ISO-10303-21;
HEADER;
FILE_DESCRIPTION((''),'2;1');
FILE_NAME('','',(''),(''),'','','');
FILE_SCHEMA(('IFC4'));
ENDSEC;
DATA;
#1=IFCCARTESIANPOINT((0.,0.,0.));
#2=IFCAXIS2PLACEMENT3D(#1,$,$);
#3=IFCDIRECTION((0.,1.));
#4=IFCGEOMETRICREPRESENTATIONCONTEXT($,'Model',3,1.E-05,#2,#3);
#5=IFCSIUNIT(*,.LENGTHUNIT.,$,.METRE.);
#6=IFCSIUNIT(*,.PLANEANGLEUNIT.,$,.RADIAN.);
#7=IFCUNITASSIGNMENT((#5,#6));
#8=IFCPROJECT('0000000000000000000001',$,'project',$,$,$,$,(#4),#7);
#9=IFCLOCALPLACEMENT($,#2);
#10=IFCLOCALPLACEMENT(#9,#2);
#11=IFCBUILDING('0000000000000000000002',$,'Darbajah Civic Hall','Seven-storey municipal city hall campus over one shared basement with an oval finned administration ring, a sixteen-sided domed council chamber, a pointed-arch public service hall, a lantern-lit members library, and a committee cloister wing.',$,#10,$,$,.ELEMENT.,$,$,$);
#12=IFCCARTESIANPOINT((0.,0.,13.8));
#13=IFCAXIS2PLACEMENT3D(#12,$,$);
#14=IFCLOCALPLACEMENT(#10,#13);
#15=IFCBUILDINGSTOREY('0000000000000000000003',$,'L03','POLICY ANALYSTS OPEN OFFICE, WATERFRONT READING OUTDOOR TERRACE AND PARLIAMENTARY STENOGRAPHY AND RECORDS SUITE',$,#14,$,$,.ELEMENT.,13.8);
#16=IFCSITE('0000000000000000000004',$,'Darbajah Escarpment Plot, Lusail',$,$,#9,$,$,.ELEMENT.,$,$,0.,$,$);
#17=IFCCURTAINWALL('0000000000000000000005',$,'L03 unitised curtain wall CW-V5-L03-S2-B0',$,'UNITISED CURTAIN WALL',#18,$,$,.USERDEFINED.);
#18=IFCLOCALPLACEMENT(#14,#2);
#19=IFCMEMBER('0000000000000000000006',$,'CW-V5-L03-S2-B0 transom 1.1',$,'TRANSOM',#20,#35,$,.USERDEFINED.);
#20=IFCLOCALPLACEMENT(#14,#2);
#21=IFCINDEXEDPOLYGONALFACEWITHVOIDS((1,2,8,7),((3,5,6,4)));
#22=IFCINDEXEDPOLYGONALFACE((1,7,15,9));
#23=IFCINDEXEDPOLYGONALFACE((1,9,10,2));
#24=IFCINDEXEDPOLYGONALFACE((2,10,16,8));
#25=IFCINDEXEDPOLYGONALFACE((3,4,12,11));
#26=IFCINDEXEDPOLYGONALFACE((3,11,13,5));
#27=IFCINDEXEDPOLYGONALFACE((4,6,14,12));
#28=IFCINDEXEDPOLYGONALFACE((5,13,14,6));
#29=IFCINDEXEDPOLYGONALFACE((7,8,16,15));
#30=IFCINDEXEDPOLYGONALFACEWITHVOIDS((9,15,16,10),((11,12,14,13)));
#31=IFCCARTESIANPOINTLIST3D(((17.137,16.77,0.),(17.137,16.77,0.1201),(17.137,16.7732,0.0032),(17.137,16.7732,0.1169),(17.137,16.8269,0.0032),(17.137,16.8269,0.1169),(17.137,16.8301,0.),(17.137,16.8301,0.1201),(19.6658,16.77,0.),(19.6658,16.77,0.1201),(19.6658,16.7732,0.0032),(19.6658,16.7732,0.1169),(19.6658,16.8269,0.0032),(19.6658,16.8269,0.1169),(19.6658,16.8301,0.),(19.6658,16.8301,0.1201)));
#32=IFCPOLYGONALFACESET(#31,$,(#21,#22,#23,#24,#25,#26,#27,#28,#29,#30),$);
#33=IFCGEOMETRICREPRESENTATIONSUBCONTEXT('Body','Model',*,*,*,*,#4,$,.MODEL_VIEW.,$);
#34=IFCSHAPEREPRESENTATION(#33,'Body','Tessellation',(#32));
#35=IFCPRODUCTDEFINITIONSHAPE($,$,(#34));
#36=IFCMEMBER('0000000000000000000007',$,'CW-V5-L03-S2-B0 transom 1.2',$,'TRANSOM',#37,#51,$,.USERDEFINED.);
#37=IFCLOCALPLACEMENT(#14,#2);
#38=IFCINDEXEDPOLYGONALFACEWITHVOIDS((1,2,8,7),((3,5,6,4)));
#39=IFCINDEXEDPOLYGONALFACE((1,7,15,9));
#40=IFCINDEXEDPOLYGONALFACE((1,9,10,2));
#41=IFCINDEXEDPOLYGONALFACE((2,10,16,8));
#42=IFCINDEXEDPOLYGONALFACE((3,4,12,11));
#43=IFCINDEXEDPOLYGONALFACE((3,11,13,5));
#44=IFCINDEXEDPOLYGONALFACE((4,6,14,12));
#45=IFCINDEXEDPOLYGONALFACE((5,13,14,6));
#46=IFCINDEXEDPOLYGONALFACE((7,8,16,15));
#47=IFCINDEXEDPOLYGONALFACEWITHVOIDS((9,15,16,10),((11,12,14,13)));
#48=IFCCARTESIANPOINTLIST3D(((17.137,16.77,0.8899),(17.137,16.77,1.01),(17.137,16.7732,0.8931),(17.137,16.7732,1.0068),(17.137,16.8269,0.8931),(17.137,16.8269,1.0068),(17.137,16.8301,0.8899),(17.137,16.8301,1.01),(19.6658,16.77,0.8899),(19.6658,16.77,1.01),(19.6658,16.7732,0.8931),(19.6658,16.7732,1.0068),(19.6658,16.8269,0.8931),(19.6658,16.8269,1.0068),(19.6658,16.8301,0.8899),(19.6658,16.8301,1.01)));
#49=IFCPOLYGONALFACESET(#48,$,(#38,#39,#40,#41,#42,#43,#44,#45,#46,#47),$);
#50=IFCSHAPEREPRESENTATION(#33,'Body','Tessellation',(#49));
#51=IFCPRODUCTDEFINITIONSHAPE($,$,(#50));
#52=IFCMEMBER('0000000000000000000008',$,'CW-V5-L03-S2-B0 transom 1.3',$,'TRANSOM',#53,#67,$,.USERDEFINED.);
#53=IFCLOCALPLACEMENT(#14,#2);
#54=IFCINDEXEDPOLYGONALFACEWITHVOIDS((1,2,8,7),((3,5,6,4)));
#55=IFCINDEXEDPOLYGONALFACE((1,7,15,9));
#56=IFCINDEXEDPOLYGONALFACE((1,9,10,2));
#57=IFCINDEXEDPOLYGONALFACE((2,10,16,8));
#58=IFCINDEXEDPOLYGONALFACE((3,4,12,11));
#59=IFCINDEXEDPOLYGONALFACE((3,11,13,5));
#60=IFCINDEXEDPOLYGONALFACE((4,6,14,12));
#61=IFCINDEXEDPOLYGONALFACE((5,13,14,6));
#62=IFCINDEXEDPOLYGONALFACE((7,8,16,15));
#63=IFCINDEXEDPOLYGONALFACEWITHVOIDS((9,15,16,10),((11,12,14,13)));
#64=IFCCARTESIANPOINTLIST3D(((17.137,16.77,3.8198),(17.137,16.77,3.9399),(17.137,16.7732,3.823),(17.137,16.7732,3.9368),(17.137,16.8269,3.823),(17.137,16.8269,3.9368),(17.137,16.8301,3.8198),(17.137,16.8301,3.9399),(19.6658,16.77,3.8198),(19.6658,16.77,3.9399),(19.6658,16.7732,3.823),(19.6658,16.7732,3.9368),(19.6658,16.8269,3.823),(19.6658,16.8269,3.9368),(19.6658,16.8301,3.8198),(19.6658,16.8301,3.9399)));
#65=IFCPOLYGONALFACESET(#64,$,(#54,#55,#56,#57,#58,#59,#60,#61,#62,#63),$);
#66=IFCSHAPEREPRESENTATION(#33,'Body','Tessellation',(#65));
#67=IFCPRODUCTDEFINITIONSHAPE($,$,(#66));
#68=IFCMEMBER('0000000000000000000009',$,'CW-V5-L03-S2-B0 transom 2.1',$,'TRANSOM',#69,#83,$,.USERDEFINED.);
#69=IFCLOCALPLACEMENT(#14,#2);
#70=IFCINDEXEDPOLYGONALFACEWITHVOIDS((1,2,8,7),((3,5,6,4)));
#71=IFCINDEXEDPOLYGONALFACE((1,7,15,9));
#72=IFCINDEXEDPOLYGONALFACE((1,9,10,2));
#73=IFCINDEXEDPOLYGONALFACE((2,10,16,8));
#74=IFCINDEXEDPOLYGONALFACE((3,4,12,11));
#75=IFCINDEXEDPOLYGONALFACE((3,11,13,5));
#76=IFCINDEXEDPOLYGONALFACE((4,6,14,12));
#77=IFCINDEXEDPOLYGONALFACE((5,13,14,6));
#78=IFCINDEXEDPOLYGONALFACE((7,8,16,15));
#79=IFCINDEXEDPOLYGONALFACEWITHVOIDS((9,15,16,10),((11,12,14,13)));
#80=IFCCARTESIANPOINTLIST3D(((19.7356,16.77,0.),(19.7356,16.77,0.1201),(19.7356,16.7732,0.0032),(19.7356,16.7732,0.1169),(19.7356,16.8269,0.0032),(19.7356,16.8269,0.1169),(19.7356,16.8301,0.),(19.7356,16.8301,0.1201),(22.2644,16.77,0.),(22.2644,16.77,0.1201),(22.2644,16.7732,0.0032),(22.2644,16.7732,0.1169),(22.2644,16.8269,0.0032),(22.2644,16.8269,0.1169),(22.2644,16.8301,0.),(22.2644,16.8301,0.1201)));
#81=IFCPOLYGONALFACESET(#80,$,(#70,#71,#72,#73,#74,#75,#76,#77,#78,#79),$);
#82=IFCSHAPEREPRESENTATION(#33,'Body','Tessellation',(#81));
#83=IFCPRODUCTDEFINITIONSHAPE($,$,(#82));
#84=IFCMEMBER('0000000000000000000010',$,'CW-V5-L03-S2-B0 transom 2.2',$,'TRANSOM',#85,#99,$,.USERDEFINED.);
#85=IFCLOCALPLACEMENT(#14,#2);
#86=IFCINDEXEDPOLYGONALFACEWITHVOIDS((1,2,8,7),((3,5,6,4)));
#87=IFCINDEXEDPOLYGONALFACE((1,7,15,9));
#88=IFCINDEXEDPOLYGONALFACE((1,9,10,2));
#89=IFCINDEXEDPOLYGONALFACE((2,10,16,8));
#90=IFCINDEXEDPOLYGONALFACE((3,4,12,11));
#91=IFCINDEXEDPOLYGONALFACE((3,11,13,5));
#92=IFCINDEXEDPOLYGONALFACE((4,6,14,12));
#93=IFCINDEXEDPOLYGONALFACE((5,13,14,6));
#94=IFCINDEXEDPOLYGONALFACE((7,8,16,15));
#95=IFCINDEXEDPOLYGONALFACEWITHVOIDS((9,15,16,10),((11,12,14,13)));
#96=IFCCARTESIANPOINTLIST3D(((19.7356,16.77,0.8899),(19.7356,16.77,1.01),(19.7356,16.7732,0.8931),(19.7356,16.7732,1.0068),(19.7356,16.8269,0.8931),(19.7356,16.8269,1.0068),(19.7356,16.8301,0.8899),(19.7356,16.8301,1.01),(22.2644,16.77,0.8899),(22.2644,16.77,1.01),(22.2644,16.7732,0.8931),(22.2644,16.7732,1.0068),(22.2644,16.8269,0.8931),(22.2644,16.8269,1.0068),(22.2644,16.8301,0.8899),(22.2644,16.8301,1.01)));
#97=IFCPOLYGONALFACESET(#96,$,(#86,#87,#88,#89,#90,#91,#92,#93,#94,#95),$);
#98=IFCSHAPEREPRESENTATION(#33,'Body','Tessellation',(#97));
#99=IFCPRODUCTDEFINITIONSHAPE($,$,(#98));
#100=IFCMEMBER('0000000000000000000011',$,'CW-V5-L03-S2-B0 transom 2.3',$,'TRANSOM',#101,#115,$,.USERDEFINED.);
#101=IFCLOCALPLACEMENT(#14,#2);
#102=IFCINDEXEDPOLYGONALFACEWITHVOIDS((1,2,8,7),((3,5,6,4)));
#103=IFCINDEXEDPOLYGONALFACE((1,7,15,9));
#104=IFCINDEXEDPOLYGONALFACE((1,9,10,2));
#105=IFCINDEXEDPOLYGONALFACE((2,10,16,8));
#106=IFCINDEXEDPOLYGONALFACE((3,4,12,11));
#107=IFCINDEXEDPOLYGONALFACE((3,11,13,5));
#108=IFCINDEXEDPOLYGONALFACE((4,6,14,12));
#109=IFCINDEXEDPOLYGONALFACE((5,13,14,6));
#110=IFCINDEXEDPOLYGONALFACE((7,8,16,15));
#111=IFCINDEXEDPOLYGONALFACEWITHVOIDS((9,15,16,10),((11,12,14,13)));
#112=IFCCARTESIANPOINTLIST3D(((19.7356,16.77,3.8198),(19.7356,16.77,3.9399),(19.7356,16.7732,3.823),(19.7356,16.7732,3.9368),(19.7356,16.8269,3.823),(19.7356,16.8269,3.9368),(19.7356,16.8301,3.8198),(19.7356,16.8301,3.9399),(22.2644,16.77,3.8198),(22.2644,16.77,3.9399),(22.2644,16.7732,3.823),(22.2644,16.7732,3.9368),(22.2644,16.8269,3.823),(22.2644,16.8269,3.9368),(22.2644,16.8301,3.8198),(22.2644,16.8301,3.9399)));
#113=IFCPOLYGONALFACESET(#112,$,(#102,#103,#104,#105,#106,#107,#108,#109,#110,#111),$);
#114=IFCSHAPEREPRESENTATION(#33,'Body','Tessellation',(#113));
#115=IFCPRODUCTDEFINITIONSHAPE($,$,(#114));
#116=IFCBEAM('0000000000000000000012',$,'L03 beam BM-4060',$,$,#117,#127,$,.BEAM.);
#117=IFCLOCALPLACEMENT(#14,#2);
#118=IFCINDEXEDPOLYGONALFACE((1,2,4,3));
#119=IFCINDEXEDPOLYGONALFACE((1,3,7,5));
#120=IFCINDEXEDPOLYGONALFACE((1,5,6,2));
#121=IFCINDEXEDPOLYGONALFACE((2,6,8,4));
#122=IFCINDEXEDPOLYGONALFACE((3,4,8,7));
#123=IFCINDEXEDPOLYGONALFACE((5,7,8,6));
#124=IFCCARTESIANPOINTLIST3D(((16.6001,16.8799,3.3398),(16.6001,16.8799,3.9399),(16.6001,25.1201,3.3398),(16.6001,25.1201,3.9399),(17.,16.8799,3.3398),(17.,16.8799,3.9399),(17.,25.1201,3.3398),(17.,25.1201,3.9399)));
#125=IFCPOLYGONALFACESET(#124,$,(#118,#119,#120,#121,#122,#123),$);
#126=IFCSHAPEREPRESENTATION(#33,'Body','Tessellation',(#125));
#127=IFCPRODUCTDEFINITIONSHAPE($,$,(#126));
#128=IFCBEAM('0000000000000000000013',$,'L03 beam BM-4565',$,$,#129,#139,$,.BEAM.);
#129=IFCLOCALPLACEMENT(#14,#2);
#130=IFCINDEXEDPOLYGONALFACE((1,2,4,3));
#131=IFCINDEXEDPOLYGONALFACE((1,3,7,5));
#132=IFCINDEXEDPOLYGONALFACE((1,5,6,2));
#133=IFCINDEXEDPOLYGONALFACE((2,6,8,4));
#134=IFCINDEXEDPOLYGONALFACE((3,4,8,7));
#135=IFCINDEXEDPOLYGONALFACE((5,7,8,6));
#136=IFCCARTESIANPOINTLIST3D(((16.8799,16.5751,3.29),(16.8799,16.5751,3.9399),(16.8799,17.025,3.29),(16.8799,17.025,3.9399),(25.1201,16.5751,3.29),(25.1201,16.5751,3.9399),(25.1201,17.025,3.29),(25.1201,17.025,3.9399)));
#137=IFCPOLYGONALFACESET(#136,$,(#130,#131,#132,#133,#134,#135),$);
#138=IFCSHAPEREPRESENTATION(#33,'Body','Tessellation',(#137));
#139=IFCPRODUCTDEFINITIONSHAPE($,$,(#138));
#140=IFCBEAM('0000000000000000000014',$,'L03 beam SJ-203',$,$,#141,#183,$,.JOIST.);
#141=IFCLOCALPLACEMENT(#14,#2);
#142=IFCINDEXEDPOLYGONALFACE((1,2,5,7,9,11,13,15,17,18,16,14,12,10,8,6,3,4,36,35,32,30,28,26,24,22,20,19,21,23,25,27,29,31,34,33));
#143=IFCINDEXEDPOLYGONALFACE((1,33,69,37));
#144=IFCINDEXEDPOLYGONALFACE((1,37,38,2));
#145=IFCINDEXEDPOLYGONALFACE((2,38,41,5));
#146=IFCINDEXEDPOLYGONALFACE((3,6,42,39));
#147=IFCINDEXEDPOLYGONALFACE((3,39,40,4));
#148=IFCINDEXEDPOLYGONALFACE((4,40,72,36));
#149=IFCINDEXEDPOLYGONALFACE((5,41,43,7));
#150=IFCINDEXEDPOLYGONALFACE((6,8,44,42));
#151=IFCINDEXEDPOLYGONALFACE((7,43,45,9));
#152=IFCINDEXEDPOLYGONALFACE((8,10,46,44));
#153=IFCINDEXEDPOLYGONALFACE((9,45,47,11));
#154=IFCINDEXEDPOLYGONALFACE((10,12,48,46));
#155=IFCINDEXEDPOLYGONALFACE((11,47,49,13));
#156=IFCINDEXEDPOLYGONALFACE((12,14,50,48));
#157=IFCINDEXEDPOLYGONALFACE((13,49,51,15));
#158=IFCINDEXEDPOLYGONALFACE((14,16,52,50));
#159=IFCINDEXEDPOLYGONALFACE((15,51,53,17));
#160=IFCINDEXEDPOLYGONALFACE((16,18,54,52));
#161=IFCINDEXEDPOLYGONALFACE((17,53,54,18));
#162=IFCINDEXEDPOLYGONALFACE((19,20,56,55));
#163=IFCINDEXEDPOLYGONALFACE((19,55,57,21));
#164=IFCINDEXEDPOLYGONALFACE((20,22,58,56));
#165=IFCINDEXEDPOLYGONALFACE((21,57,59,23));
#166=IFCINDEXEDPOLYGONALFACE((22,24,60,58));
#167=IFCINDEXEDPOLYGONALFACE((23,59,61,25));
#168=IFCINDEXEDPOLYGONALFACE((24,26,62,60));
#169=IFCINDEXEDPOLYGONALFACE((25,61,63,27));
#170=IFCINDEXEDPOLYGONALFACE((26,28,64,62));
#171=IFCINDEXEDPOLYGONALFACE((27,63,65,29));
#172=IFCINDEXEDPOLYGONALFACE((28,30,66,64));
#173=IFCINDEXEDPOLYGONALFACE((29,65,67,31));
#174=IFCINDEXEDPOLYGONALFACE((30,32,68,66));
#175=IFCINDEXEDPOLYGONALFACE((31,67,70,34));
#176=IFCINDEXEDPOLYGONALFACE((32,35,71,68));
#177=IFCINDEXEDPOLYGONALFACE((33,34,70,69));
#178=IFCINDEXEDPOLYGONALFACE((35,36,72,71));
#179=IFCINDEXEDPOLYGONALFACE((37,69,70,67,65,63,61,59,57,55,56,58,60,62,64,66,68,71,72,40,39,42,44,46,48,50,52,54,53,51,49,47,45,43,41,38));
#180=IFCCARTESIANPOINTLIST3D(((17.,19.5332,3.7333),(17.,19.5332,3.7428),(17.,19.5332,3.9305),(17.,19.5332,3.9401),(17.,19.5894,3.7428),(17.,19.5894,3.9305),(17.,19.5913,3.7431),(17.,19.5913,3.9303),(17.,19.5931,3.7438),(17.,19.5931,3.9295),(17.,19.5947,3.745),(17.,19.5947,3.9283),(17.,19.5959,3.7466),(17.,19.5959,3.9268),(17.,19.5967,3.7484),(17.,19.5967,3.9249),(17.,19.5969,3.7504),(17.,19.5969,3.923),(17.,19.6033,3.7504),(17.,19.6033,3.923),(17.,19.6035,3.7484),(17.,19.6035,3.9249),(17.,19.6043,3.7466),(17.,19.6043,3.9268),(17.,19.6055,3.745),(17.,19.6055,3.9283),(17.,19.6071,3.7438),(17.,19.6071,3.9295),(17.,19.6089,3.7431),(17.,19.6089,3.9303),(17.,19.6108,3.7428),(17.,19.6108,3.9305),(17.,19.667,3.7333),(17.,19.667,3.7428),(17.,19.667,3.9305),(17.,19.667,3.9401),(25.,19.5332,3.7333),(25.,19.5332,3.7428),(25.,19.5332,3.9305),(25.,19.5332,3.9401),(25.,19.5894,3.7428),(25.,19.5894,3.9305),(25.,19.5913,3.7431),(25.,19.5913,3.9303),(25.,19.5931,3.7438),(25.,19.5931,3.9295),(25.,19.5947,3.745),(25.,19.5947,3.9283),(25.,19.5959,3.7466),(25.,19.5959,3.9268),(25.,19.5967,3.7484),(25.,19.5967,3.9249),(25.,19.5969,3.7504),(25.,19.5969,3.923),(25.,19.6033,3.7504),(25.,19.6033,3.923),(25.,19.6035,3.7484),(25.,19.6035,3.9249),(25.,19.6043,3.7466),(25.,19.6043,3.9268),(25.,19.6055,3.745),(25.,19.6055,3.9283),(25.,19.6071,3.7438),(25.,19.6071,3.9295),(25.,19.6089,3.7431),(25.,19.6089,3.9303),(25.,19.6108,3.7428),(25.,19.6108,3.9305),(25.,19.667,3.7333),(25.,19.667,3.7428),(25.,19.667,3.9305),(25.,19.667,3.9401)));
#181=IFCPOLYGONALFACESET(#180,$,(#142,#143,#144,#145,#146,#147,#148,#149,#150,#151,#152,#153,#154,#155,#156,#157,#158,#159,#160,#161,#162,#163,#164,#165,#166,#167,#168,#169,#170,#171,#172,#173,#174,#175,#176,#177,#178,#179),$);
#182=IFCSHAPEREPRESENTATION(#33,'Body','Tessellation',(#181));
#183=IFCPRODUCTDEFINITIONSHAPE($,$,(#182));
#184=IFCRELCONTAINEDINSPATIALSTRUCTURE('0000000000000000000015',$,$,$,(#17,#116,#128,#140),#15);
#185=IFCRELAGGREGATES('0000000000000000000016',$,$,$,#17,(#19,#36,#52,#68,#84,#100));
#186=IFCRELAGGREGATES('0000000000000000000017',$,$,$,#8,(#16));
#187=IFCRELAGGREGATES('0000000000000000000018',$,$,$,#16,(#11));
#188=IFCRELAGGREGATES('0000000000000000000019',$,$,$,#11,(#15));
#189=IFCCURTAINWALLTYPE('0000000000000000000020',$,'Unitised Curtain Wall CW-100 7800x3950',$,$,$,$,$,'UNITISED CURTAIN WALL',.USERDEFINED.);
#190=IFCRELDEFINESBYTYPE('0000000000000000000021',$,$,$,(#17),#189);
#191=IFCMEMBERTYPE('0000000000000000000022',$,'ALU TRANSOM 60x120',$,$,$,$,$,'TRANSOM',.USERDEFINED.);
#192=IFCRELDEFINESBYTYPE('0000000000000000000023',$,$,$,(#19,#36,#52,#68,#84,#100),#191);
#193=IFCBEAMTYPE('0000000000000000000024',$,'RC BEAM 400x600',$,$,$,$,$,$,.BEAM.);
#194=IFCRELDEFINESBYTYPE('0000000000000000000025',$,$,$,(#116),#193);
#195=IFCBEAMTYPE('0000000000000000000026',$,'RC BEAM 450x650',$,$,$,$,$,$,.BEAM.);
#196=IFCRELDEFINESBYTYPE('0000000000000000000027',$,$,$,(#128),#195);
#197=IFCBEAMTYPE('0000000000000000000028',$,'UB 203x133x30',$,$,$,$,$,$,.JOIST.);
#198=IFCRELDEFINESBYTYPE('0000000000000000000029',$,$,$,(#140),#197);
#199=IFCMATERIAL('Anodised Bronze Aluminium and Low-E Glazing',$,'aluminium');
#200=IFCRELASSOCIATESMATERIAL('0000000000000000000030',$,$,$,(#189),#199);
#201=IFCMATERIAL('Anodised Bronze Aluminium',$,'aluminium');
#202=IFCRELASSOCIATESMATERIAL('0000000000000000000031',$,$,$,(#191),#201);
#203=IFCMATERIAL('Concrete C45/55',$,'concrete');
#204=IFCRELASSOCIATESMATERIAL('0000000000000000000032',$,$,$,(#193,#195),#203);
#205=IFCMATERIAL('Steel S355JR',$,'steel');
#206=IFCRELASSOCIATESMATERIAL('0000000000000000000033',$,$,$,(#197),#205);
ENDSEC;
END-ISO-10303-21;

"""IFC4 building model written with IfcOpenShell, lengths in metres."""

from ifc_helpers import new_model, si_unit, direction, frame, origin, origin_2d, place, context, subcontext, project, spatial, rectangle, hollow_rectangle, i_section, extrude, material, material_profile, profile_set, type_object, element, aggregate, save


model = new_model("IFC4")

# Units and contexts
model_context = context("Model", 3, precision=1e-05, world=origin(), true_north=direction((0.0, 1.0)))
body_context = subcontext(model_context, "Body", "Model", "MODEL_VIEW")
ifc_project = project(units=[si_unit("LENGTHUNIT", "METRE"), si_unit("PLANEANGLEUNIT", "RADIAN")], contexts=[model_context])

# Site, building, storey
site_placement = place(None, origin())
site = spatial("IfcSite", under=ifc_project, at=site_placement, Name="Darbajah Escarpment Plot, Lusail", CompositionType="ELEMENT", RefElevation=0.0)
building_placement = place(site_placement, origin())
building = spatial("IfcBuilding", under=site, at=building_placement, Name="Darbajah Civic Hall", Description="Seven-storey municipal city hall campus over one shared basement with an oval finned administration ring, a sixteen-sided domed council chamber, a pointed-arch public service hall, a lantern-lit members library, and a committee cloister wing.", CompositionType="ELEMENT")
storey_placement = place(building_placement, frame((0.0, 0.0, 13.8)))
storey = spatial("IfcBuildingStorey", under=building, at=storey_placement, Name="L03", Description="POLICY ANALYSTS OPEN OFFICE, WATERFRONT READING OUTDOOR TERRACE AND PARLIAMENTARY STENOGRAPHY AND RECORDS SUITE", CompositionType="ELEMENT", Elevation=13.8)

# Shared definitions
ifc_material_1 = material(Name="Concrete C45/55", Category="concrete")

# Curtain wall
ifc_material_2 = material(Name="Anodised Bronze Aluminium and Low-E Glazing", Category="aluminium")
curtain_wall_type = type_object("IfcCurtainWallType", Name="Unitised Curtain Wall CW-100 7800x3950", ElementType="UNITISED CURTAIN WALL", PredefinedType="USERDEFINED", material=ifc_material_2)
ifc_material_3 = material(Name="Anodised Bronze Aluminium", Category="aluminium")
curtain_wall_1_placement = place(storey_placement, origin())
curtain_wall_1 = element("IfcCurtainWall", 1, at=curtain_wall_1_placement, inside=storey, type_object=curtain_wall_type, Name="L03 unitised curtain wall CW-V5-L03-S2-B0", ObjectType="UNITISED CURTAIN WALL", PredefinedType="USERDEFINED")

# Members
ifc_material_profile_1 = material_profile(ifc_material_3, hollow_rectangle(XDim=0.0601, YDim=0.1201, WallThickness=0.0032, at=origin_2d()), Name="ALU TRANSOM 60x120")
ifc_profile_set_1 = profile_set([ifc_material_profile_1], Name="Anodised Bronze Aluminium")
member_type_1 = type_object("IfcMemberType", Name="ALU TRANSOM 60x120", ElementType="TRANSOM", PredefinedType="USERDEFINED", material=ifc_profile_set_1)
member_1_placement = place(storey_placement, frame((17.137, 16.8, 0.0601), z_axis=(1.0, 0.0, 0.0), x_axis=(0.0, 1.0, 0.0)))
member_1 = element("IfcMember", 2, at=member_1_placement, type_object=member_type_1, Name="CW-V5-L03-S2-B0 transom 1.1", ObjectType="TRANSOM", PredefinedType="USERDEFINED", context=body_context, shape_type="SweptSolid", body=[
    extrude(hollow_rectangle(XDim=0.0601, YDim=0.1201, WallThickness=0.0032, at=origin_2d()), origin(), (0.0, 0.0, 1.0), 2.5288),
])
member_2_placement = place(storey_placement, frame((17.137, 16.8, 0.95), z_axis=(1.0, 0.0, 0.0), x_axis=(0.0, 1.0, 0.0)))
member_2 = element("IfcMember", 3, at=member_2_placement, type_object=member_type_1, Name="CW-V5-L03-S2-B0 transom 1.2", ObjectType="TRANSOM", PredefinedType="USERDEFINED", context=body_context, shape_type="SweptSolid", body=[
    extrude(hollow_rectangle(XDim=0.0601, YDim=0.1201, WallThickness=0.0032, at=origin_2d()), origin(), (0.0, 0.0, 1.0), 2.5288),
])
member_3_placement = place(storey_placement, frame((17.137, 16.8, 3.8799), z_axis=(1.0, 0.0, 0.0), x_axis=(0.0, 1.0, 0.0)))
member_3 = element("IfcMember", 4, at=member_3_placement, type_object=member_type_1, Name="CW-V5-L03-S2-B0 transom 1.3", ObjectType="TRANSOM", PredefinedType="USERDEFINED", context=body_context, shape_type="SweptSolid", body=[
    extrude(hollow_rectangle(XDim=0.0601, YDim=0.1201, WallThickness=0.0032, at=origin_2d()), origin(), (0.0, 0.0, 1.0), 2.5288),
])
member_4_placement = place(storey_placement, frame((19.7356, 16.8, 0.0601), z_axis=(1.0, 0.0, 0.0), x_axis=(0.0, 1.0, 0.0)))
member_4 = element("IfcMember", 5, at=member_4_placement, type_object=member_type_1, Name="CW-V5-L03-S2-B0 transom 2.1", ObjectType="TRANSOM", PredefinedType="USERDEFINED", context=body_context, shape_type="SweptSolid", body=[
    extrude(hollow_rectangle(XDim=0.0601, YDim=0.1201, WallThickness=0.0032, at=origin_2d()), origin(), (0.0, 0.0, 1.0), 2.5288),
])
member_5_placement = place(storey_placement, frame((19.7356, 16.8, 0.95), z_axis=(1.0, 0.0, 0.0), x_axis=(0.0, 1.0, 0.0)))
member_5 = element("IfcMember", 6, at=member_5_placement, type_object=member_type_1, Name="CW-V5-L03-S2-B0 transom 2.2", ObjectType="TRANSOM", PredefinedType="USERDEFINED", context=body_context, shape_type="SweptSolid", body=[
    extrude(hollow_rectangle(XDim=0.0601, YDim=0.1201, WallThickness=0.0032, at=origin_2d()), origin(), (0.0, 0.0, 1.0), 2.5288),
])
member_6_placement = place(storey_placement, frame((19.7356, 16.8, 3.8799), z_axis=(1.0, 0.0, 0.0), x_axis=(0.0, 1.0, 0.0)))
member_6 = element("IfcMember", 7, at=member_6_placement, type_object=member_type_1, Name="CW-V5-L03-S2-B0 transom 2.3", ObjectType="TRANSOM", PredefinedType="USERDEFINED", context=body_context, shape_type="SweptSolid", body=[
    extrude(hollow_rectangle(XDim=0.0601, YDim=0.1201, WallThickness=0.0032, at=origin_2d()), origin(), (0.0, 0.0, 1.0), 2.5288),
])

# Beams
ifc_material_profile_2 = material_profile(ifc_material_1, rectangle(XDim=0.3999, YDim=0.6001, at=origin_2d()), Name="RC BEAM 400x600")
ifc_profile_set_2 = profile_set([ifc_material_profile_2], Name="Concrete C45/55")
beam_type_1 = type_object("IfcBeamType", Name="RC BEAM 400x600", PredefinedType="BEAM", material=ifc_profile_set_2)
beam_1_placement = place(storey_placement, frame((16.8, 16.8799, 3.6399), z_axis=(0.0, 1.0, 0.0), x_axis=(-1.0, 0.0, 0.0)))
element("IfcBeam", 8, at=beam_1_placement, inside=storey, type_object=beam_type_1, Name="L03 beam BM-4060", PredefinedType="BEAM", context=body_context, shape_type="SweptSolid", body=[
    extrude(rectangle(XDim=0.3999, YDim=0.6001, at=origin_2d()), origin(), (0.0, 0.0, 1.0), 8.2402),
])
ifc_material_profile_3 = material_profile(ifc_material_1, rectangle(XDim=0.45, YDim=0.6499, at=origin_2d()), Name="RC BEAM 450x650")
ifc_profile_set_3 = profile_set([ifc_material_profile_3], Name="Concrete C45/55")
beam_type_2 = type_object("IfcBeamType", Name="RC BEAM 450x650", PredefinedType="BEAM", material=ifc_profile_set_3)
beam_2_placement = place(storey_placement, frame((16.8799, 16.8, 3.615), z_axis=(1.0, 0.0, 0.0), x_axis=(0.0, 1.0, 0.0)))
element("IfcBeam", 9, at=beam_2_placement, inside=storey, type_object=beam_type_2, Name="L03 beam BM-4565", PredefinedType="BEAM", context=body_context, shape_type="SweptSolid", body=[
    extrude(rectangle(XDim=0.45, YDim=0.6499, at=origin_2d()), origin(), (0.0, 0.0, 1.0), 8.2402),
])
ifc_material_4 = material(Name="Steel S355JR", Category="steel")
ifc_material_profile_4 = material_profile(ifc_material_4, i_section(OverallWidth=0.1338, OverallDepth=0.2068, WebThickness=0.0063, FlangeThickness=0.0095, FilletRadius=0.0076, at=origin_2d()), Name="UB 203x133x30")
ifc_profile_set_4 = profile_set([ifc_material_profile_4], Name="Steel S355JR")
beam_type_3 = type_object("IfcBeamType", Name="UB 203x133x30", PredefinedType="JOIST", material=ifc_profile_set_4)
for number, where, z_axis, x_axis, name in (
    (10, (17.0, 19.6001, 3.8367), (1.0, 0.0, 0.0), (0.0, 1.0, 0.0), "L03 beam SJ-203"),
):
    element("IfcBeam", number, at=place(storey_placement, frame(where, z_axis=z_axis, x_axis=x_axis)), inside=storey, type_object=beam_type_3, Name=name, PredefinedType="JOIST", context=body_context, shape_type="SweptSolid", body=[
        extrude(i_section(OverallWidth=0.1338, OverallDepth=0.2068, WebThickness=0.0063, FlangeThickness=0.0095, FilletRadius=0.0076, at=origin_2d()), origin(), (0.0, 0.0, 1.0), 8.0),
    ])

aggregate(curtain_wall_1, [member_1, member_2, member_3, member_4, member_5, member_6])

save(model, "model.ifc")
